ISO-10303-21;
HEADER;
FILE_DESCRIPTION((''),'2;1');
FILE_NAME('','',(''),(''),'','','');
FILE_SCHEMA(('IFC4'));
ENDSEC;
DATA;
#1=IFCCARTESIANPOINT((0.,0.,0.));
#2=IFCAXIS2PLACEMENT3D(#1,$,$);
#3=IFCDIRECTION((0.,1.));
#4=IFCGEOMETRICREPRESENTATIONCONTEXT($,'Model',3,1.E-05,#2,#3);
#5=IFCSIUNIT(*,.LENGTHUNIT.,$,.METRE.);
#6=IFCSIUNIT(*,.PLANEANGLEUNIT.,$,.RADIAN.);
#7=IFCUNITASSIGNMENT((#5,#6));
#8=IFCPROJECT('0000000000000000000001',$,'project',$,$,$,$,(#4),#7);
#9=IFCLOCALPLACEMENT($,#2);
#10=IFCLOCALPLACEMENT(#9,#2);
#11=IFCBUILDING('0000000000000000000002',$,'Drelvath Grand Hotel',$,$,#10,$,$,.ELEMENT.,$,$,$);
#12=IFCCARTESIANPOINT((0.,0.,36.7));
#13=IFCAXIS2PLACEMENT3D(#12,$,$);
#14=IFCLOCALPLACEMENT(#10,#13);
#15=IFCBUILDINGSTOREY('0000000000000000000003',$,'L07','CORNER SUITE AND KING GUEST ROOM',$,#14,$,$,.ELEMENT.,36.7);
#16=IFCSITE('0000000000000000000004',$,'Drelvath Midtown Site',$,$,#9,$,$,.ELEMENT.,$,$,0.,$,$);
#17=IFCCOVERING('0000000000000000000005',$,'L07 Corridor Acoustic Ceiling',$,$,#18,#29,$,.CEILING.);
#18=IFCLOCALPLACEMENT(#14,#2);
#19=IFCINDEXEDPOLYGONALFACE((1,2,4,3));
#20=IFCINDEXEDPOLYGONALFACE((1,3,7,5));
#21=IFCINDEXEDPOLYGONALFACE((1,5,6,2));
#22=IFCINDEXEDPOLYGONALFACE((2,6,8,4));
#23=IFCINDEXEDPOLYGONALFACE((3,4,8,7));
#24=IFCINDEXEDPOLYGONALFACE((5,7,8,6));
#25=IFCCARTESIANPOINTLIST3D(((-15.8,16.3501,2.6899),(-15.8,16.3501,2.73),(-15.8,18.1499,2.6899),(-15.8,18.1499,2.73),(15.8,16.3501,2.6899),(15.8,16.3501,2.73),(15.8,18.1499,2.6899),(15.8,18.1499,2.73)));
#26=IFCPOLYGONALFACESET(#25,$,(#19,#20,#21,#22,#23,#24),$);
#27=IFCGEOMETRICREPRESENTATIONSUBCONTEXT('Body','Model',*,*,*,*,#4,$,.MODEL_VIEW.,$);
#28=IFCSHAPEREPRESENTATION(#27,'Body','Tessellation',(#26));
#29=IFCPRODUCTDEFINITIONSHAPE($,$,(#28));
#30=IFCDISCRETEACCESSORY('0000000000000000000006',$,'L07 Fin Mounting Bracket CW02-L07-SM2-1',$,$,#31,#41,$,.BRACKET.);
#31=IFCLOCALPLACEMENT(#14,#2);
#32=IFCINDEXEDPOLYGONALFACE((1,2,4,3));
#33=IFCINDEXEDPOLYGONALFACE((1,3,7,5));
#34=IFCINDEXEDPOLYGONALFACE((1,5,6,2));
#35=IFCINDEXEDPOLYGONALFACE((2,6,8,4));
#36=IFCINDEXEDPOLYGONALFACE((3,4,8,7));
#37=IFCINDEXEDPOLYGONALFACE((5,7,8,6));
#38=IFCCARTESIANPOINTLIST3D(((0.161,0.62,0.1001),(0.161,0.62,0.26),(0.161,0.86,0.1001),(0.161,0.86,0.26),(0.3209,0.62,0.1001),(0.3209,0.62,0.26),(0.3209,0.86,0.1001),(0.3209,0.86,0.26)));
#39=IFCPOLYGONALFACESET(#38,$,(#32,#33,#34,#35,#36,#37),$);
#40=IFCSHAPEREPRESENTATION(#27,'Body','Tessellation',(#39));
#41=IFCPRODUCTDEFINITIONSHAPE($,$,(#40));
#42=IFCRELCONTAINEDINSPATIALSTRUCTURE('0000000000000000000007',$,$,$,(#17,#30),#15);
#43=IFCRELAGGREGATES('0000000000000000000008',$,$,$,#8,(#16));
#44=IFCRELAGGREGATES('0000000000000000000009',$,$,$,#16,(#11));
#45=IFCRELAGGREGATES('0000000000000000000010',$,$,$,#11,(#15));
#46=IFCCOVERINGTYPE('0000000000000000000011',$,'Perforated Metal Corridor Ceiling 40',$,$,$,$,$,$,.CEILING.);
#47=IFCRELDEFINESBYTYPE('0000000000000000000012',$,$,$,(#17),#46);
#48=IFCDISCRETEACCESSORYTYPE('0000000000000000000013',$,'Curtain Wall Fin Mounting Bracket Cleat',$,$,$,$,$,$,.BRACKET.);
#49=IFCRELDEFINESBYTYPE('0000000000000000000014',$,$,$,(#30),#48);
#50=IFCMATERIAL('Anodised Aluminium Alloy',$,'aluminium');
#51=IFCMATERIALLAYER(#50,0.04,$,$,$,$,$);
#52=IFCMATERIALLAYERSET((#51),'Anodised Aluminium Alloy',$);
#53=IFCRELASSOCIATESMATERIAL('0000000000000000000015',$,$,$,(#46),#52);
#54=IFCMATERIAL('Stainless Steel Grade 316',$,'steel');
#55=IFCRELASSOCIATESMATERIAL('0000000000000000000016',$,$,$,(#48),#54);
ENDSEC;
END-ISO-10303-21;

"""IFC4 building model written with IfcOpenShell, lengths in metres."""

from ifc_helpers import new_model, si_unit, direction, frame, origin, origin_2d, place, context, subcontext, project, spatial, polyline, rectangle, outline, extrude, material, layer, layer_set, type_object, element, save


model = new_model("IFC4")

# Units and contexts
model_context = context("Model", 3, precision=1e-05, world=origin(), true_north=direction((0.0, 1.0)))
body_context = subcontext(model_context, "Body", "Model", "MODEL_VIEW")
ifc_project = project(units=[si_unit("LENGTHUNIT", "METRE"), si_unit("PLANEANGLEUNIT", "RADIAN")], contexts=[model_context])

# Site, building, storey
site_placement = place(None, origin())
site = spatial("IfcSite", under=ifc_project, at=site_placement, Name="Drelvath Midtown Site", CompositionType="ELEMENT", RefElevation=0.0)
building_placement = place(site_placement, origin())
building = spatial("IfcBuilding", under=site, at=building_placement, Name="Drelvath Grand Hotel", CompositionType="ELEMENT")
storey_placement = place(building_placement, frame((0.0, 0.0, 36.7)))
storey = spatial("IfcBuildingStorey", under=building, at=storey_placement, Name="L07", Description="CORNER SUITE AND KING GUEST ROOM", CompositionType="ELEMENT", Elevation=36.7)

# Covering
ifc_material_1 = material(Name="Anodised Aluminium Alloy", Category="aluminium")
ifc_layer_1 = layer(ifc_material_1, 0.04)
ifc_layer_set_1 = layer_set([ifc_layer_1], Name="Anodised Aluminium Alloy")
covering_type_1 = type_object("IfcCoveringType", Name="Perforated Metal Corridor Ceiling 40", PredefinedType="CEILING", material=ifc_layer_set_1)
covering_1_placement = place(storey_placement, frame((0.0, 0.0, 2.6899)))
element("IfcCovering", 1, at=covering_1_placement, inside=storey, type_object=covering_type_1, Name="L07 Corridor Acoustic Ceiling", PredefinedType="CEILING", context=body_context, shape_type="SweptSolid", body=[
    extrude(outline(polyline([(15.8, 16.3501), (15.8, 18.1499), (-15.8, 18.1499), (-15.8, 16.3501), (15.8, 16.3501)])), origin(), (0.0, 0.0, 1.0), 0.04),
])

# Discrete accessory
ifc_material_2 = material(Name="Stainless Steel Grade 316", Category="steel")
discrete_accessory_type = type_object("IfcDiscreteAccessoryType", Name="Curtain Wall Fin Mounting Bracket Cleat", PredefinedType="BRACKET", material=ifc_material_2)
discrete_accessory_placement = place(storey_placement, frame((0.241, 0.74, 0.1001), z_axis=(0.0, 0.0, 1.0), x_axis=(-1.0, 0.0, 0.0)))
element("IfcDiscreteAccessory", 2, at=discrete_accessory_placement, inside=storey, type_object=discrete_accessory_type, Name="L07 Fin Mounting Bracket CW02-L07-SM2-1", PredefinedType="BRACKET", context=body_context, shape_type="SweptSolid", body=[
    extrude(rectangle(XDim=0.1599, YDim=0.24, at=origin_2d()), origin(), (0.0, 0.0, 1.0), 0.1599),
])

save(model, "model.ifc")
